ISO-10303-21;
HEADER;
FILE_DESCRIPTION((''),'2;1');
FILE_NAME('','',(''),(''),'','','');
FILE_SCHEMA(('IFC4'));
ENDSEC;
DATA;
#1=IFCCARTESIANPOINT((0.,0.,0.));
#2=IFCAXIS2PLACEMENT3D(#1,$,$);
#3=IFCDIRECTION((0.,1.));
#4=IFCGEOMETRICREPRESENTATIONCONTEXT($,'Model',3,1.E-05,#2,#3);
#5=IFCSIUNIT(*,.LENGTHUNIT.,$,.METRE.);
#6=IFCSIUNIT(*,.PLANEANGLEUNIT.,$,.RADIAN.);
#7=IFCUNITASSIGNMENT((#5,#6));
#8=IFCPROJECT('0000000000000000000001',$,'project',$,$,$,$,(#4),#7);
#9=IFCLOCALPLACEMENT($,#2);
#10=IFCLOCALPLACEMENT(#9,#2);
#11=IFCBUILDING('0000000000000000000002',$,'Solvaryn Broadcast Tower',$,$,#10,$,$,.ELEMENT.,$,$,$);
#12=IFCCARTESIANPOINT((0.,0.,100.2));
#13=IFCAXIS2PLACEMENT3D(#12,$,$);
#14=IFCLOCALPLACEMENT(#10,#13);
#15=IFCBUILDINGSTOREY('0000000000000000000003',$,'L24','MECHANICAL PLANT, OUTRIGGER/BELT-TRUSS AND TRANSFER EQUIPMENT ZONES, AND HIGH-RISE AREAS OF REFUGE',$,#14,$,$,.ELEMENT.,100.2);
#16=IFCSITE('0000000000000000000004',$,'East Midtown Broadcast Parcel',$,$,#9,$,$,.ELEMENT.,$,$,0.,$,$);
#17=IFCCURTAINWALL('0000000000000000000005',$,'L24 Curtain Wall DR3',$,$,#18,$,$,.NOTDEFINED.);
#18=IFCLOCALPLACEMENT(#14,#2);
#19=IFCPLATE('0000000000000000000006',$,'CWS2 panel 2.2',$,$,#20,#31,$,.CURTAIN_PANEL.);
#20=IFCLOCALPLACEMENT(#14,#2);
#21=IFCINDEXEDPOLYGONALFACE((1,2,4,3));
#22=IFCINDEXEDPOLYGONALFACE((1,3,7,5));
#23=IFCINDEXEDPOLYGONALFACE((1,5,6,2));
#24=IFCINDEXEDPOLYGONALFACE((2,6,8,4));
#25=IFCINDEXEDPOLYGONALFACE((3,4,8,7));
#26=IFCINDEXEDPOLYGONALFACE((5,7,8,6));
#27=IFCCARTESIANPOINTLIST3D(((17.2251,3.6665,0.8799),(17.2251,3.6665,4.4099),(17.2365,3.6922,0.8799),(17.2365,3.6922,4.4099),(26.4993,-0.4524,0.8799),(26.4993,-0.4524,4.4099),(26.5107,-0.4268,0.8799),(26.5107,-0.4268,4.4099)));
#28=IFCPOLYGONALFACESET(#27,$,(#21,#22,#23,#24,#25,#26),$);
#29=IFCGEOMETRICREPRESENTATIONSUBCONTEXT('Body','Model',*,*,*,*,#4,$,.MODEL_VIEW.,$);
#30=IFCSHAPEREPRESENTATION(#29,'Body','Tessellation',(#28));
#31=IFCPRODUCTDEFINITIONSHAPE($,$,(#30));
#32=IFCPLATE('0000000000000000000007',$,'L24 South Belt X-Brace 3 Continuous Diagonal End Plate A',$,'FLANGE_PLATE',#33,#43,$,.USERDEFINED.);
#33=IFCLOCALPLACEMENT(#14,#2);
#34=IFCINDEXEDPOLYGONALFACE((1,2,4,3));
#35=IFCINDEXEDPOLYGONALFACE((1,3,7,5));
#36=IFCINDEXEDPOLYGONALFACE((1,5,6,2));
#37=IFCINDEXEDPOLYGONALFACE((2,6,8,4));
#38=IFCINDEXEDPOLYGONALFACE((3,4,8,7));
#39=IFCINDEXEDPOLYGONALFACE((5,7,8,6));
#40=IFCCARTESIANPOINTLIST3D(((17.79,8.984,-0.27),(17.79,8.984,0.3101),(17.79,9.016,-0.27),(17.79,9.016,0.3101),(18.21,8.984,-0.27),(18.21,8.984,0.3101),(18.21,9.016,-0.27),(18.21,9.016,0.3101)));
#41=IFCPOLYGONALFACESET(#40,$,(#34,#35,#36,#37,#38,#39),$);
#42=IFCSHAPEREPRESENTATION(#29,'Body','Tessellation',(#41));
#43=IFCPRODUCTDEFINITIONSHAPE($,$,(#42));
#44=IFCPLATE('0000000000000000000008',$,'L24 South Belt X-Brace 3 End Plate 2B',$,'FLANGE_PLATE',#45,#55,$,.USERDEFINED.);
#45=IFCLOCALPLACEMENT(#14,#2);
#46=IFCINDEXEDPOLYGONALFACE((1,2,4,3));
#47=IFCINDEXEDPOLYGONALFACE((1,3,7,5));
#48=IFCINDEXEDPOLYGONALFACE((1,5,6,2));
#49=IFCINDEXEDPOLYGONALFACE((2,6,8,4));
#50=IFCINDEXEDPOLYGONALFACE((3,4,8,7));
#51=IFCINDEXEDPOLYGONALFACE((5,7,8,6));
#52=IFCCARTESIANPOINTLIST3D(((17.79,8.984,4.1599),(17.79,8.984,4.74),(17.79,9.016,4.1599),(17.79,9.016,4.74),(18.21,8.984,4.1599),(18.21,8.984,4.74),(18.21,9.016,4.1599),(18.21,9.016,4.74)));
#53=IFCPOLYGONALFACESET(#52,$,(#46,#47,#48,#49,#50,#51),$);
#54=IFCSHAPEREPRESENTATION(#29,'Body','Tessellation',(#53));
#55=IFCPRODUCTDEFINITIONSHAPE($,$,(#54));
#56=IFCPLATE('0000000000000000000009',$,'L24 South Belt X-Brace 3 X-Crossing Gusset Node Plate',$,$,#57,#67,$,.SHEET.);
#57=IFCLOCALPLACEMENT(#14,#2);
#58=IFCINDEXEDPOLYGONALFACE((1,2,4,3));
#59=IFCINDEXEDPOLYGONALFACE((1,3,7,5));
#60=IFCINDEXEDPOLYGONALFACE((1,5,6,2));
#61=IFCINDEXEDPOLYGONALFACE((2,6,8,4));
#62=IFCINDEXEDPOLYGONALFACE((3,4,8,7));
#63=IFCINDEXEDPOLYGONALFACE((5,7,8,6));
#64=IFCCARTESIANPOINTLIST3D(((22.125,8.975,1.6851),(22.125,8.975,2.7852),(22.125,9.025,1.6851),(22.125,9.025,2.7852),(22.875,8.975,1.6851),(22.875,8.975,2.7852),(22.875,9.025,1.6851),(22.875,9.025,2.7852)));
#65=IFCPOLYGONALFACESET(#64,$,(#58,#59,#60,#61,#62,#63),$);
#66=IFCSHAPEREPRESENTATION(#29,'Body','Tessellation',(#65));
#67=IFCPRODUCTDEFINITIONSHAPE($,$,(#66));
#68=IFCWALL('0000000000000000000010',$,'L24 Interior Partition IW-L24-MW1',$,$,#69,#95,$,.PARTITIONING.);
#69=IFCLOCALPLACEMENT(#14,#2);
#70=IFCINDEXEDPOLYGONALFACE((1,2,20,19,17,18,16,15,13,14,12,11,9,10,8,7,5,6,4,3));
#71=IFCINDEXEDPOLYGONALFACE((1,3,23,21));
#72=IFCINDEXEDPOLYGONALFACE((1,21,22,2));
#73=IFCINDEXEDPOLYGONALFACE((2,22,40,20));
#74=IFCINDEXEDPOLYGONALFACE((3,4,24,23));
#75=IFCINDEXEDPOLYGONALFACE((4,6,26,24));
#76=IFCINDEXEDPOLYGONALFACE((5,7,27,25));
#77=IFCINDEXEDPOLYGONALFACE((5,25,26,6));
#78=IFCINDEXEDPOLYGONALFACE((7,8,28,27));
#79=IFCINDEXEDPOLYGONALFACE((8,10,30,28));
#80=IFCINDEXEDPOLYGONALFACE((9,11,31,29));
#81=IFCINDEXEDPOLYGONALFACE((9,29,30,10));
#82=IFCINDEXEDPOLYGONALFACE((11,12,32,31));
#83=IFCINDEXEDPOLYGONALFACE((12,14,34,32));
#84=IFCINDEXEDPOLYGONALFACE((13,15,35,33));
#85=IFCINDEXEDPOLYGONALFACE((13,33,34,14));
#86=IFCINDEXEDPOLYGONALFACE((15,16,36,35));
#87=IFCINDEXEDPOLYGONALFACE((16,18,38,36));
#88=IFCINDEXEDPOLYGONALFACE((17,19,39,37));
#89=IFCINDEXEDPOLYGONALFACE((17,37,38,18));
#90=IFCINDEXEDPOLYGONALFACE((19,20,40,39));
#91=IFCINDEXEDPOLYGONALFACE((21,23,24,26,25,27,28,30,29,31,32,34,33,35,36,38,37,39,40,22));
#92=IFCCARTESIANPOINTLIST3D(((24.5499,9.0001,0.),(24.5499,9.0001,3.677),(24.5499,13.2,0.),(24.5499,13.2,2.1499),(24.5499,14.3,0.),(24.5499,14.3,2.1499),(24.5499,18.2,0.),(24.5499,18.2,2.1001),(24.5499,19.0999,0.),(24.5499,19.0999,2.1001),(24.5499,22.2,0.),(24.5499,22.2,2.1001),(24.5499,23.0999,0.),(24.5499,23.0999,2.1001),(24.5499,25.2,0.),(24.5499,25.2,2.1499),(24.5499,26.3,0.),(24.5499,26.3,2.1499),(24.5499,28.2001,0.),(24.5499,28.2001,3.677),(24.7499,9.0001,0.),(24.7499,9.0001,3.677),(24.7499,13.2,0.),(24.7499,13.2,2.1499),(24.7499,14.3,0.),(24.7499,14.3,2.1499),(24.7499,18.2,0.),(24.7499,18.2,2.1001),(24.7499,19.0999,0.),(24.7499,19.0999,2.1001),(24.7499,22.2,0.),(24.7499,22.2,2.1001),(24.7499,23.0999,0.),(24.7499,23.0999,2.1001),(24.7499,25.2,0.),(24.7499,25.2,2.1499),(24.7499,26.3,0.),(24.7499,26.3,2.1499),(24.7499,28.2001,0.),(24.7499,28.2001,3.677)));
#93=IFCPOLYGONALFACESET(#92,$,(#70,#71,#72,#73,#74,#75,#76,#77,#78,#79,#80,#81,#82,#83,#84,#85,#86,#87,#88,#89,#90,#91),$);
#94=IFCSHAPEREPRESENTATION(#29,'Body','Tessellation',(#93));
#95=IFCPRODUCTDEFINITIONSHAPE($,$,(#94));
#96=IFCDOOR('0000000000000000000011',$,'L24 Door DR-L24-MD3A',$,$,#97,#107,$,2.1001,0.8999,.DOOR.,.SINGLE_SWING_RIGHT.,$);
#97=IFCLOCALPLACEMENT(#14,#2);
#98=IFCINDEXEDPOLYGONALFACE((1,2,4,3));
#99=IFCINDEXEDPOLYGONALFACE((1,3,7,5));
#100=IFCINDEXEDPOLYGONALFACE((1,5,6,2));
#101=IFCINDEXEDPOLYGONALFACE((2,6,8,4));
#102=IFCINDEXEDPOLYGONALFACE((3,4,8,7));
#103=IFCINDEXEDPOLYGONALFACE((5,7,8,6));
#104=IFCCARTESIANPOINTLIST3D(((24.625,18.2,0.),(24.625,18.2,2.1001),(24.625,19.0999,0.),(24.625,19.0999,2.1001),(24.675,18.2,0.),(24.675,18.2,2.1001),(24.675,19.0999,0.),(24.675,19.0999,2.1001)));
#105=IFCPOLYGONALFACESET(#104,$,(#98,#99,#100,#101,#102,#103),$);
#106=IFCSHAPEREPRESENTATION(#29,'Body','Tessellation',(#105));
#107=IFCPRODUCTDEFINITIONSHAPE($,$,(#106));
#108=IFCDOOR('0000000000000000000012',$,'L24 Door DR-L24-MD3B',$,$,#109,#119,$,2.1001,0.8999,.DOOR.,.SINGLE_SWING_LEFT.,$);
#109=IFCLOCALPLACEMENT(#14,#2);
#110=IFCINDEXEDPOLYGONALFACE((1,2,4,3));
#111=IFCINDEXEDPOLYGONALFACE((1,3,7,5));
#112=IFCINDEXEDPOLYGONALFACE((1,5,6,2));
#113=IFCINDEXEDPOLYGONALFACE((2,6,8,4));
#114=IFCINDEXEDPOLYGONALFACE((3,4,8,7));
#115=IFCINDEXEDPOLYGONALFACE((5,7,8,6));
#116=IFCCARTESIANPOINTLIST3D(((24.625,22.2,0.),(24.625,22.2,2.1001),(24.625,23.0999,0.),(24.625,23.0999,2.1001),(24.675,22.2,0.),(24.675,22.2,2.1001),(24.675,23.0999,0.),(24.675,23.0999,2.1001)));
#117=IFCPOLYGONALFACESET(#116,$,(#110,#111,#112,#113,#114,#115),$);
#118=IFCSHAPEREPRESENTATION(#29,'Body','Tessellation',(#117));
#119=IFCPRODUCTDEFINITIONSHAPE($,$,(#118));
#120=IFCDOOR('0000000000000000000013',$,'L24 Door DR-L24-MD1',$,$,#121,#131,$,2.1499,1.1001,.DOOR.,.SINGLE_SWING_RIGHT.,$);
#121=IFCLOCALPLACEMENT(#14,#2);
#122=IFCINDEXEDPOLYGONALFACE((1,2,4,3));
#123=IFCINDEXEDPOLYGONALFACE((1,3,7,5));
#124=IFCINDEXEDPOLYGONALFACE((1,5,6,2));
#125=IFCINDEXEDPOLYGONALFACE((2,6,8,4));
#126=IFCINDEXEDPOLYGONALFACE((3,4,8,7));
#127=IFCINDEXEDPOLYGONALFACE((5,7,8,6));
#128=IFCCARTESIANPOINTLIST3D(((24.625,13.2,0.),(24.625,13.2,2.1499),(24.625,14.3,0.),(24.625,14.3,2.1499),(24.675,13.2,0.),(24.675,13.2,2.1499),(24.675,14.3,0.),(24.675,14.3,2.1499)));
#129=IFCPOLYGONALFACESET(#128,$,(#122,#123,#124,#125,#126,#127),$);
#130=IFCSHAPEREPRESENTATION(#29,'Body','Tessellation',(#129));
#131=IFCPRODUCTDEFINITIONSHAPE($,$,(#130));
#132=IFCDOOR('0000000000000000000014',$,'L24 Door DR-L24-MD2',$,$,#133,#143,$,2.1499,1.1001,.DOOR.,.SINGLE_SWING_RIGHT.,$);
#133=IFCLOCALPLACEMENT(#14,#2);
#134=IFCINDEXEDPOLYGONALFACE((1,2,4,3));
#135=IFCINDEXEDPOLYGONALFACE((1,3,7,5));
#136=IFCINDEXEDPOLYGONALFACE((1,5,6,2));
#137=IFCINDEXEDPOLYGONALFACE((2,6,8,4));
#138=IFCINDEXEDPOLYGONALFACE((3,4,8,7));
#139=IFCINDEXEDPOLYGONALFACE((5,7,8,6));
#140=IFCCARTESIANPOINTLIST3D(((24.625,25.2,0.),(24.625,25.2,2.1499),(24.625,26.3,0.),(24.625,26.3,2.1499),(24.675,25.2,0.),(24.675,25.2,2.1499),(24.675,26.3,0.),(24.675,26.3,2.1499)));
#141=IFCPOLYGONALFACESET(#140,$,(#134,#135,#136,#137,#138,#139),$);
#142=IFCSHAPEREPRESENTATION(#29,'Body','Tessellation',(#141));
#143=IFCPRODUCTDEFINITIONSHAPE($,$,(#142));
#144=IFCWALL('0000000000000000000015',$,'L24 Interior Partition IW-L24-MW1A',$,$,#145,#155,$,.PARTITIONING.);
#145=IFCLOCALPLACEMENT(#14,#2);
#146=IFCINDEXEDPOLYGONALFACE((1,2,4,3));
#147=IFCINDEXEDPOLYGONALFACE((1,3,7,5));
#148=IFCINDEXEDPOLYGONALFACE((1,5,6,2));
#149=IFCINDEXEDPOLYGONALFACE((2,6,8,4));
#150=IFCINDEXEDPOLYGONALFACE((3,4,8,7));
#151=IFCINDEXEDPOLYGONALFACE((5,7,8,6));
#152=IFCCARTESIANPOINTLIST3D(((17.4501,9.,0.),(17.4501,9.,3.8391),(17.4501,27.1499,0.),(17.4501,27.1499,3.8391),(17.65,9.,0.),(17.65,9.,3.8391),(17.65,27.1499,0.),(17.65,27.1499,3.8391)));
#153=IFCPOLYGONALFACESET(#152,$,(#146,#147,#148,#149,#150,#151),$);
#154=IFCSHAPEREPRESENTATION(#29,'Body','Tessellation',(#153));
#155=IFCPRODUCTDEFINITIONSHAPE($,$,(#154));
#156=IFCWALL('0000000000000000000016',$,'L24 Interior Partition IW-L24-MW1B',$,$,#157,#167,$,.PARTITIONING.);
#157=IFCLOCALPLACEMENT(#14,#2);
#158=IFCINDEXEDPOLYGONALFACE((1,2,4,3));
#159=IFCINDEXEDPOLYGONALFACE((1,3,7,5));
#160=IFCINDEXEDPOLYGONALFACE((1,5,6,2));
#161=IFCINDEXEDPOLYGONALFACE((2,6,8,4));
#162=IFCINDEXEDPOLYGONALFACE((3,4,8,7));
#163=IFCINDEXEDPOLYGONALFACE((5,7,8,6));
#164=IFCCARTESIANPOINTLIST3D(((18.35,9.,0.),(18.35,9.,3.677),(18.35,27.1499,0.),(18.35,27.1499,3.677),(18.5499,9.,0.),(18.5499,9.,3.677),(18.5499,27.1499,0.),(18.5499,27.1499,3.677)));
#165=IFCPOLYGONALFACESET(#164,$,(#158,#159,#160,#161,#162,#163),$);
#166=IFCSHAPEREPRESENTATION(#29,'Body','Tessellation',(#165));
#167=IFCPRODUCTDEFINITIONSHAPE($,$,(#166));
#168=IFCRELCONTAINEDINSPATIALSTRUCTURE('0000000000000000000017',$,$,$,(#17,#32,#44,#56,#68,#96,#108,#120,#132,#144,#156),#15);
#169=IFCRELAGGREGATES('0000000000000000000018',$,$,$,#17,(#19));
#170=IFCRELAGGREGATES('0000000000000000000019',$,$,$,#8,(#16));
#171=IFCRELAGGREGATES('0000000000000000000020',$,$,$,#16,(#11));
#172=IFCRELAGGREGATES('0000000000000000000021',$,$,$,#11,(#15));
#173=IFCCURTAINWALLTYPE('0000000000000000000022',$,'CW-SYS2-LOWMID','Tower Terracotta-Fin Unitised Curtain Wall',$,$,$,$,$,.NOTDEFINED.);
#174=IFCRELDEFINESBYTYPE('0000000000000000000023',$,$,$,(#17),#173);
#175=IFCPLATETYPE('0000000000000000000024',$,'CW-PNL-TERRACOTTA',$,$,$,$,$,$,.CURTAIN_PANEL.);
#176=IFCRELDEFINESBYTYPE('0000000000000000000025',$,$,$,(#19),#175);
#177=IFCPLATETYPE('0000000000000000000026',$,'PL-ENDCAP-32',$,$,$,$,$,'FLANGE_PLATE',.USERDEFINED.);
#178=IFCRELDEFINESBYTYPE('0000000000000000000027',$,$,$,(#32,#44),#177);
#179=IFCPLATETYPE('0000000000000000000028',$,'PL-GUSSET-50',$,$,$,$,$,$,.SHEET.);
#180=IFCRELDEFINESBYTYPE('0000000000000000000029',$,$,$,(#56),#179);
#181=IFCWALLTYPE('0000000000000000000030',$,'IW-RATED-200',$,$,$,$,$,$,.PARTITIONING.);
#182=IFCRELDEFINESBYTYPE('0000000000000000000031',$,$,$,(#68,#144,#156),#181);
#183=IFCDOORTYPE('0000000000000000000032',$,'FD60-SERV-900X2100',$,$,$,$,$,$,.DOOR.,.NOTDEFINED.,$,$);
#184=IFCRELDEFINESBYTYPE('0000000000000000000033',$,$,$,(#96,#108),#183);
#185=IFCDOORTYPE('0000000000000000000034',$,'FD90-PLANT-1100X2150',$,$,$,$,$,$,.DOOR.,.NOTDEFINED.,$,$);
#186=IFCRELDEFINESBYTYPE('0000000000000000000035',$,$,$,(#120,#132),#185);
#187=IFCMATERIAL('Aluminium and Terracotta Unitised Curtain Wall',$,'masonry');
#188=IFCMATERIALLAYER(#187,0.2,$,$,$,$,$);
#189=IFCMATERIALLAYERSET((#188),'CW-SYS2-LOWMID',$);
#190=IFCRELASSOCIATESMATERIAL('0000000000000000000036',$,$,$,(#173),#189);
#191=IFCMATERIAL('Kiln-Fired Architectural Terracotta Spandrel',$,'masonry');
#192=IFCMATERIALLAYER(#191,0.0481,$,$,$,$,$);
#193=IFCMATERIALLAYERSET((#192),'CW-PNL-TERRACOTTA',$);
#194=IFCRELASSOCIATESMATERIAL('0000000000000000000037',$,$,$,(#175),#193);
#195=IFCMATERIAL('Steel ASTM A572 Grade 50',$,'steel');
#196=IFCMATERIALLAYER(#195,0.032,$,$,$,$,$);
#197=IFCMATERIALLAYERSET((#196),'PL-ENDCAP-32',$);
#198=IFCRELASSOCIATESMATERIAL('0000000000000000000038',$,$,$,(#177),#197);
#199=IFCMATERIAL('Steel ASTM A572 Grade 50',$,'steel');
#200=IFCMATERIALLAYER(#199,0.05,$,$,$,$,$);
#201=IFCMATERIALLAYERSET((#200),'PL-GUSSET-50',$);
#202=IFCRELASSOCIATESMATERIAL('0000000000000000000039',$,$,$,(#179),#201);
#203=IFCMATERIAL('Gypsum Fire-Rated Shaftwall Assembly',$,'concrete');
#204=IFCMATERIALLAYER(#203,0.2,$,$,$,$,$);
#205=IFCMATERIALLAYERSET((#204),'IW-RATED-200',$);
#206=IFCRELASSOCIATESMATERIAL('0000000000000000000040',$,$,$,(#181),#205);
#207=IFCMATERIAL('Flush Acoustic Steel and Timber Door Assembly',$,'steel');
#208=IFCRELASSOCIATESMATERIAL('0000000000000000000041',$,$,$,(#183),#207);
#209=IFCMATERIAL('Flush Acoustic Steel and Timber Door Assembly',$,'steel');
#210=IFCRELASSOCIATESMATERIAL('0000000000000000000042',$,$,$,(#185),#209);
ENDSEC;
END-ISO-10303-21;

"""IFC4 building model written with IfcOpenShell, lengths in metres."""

from ifc_helpers import new_model, si_unit, direction, frame, frame_2d, origin, origin_2d, place, context, subcontext, project, spatial, rectangle, extrude, material, layer, layer_set, type_object, element, fill, aggregate, save


model = new_model("IFC4")

# Units and contexts
model_context = context("Model", 3, precision=1e-05, world=origin(), true_north=direction((0.0, 1.0)))
body_context = subcontext(model_context, "Body", "Model", "MODEL_VIEW")
ifc_project = project(units=[si_unit("LENGTHUNIT", "METRE"), si_unit("PLANEANGLEUNIT", "RADIAN")], contexts=[model_context])

# Site, building, storey
site_placement = place(None, origin())
site = spatial("IfcSite", under=ifc_project, at=site_placement, Name="East Midtown Broadcast Parcel", CompositionType="ELEMENT", RefElevation=0.0)
building_placement = place(site_placement, origin())
building = spatial("IfcBuilding", under=site, at=building_placement, Name="Solvaryn Broadcast Tower", CompositionType="ELEMENT")
storey_placement = place(building_placement, frame((0.0, 0.0, 100.2)))
storey = spatial("IfcBuildingStorey", under=building, at=storey_placement, Name="L24", Description="MECHANICAL PLANT, OUTRIGGER/BELT-TRUSS AND TRANSFER EQUIPMENT ZONES, AND HIGH-RISE AREAS OF REFUGE", CompositionType="ELEMENT", Elevation=100.2)

# Curtain wall
ifc_material_1 = material(Name="Aluminium and Terracotta Unitised Curtain Wall", Category="masonry")
ifc_layer_1 = layer(ifc_material_1, 0.2)
ifc_layer_set_1 = layer_set([ifc_layer_1], Name="CW-SYS2-LOWMID")
curtain_wall_type = type_object("IfcCurtainWallType", Name="CW-SYS2-LOWMID", Description="Tower Terracotta-Fin Unitised Curtain Wall", PredefinedType="NOTDEFINED", material=ifc_layer_set_1)
curtain_wall_1_placement = place(storey_placement, origin())
curtain_wall_1 = element("IfcCurtainWall", 1, at=curtain_wall_1_placement, inside=storey, type_object=curtain_wall_type, Name="L24 Curtain Wall DR3", PredefinedType="NOTDEFINED")

# Plate
ifc_material_2 = material(Name="Kiln-Fired Architectural Terracotta Spandrel", Category="masonry")
ifc_layer_2 = layer(ifc_material_2, 0.0481)
ifc_layer_set_2 = layer_set([ifc_layer_2], Name="CW-PNL-TERRACOTTA")
plate_type_1 = type_object("IfcPlateType", Name="CW-PNL-TERRACOTTA", PredefinedType="CURTAIN_PANEL", material=ifc_layer_set_2)
plate_1_placement = place(storey_placement, frame((21.8679, 1.6199, 0.8799), z_axis=(0.0, 0.0, 1.0), x_axis=(0.913918, -0.405898, 0.0)))
plate_1 = element("IfcPlate", 2, at=plate_1_placement, type_object=plate_type_1, Name="CWS2 panel 2.2", PredefinedType="CURTAIN_PANEL", context=body_context, shape_type="SweptSolid", body=[
    extrude(rectangle(XDim=10.1477, YDim=0.0281, at=origin_2d()), origin(), (0.0, 0.0, 1.0), 3.53),
])
aggregate(curtain_wall_1, [plate_1])

# Plates
ifc_material_3 = material(Name="Steel ASTM A572 Grade 50", Category="steel")
ifc_layer_3 = layer(ifc_material_3, 0.032)
ifc_layer_set_3 = layer_set([ifc_layer_3], Name="PL-ENDCAP-32")
plate_type_2 = type_object("IfcPlateType", Name="PL-ENDCAP-32", ElementType="FLANGE_PLATE", PredefinedType="USERDEFINED", material=ifc_layer_set_3)
for number, where, z_axis, x_axis, name in (
    (3, (18.0, 9.0, -0.27), (0.0, 0.0, 1.0), (1.0, 0.0, 0.0), "L24 South Belt X-Brace 3 Continuous Diagonal End Plate A"),
    (4, (18.0, 9.0, 4.1599), (0.0, 0.0, 1.0), (1.0, 0.0, 0.0), "L24 South Belt X-Brace 3 End Plate 2B"),
):
    element("IfcPlate", number, at=place(storey_placement, frame(where, z_axis=z_axis, x_axis=x_axis)), inside=storey, type_object=plate_type_2, Name=name, ObjectType="FLANGE_PLATE", PredefinedType="USERDEFINED", context=body_context, shape_type="SweptSolid", body=[
        extrude(rectangle(XDim=0.4199, YDim=0.032, at=origin_2d()), origin(), (0.0, 0.0, 1.0), 0.5801),
    ])
ifc_material_4 = material(Name="Steel ASTM A572 Grade 50", Category="steel")
ifc_layer_4 = layer(ifc_material_4, 0.05)
ifc_layer_set_4 = layer_set([ifc_layer_4], Name="PL-GUSSET-50")
plate_type_3 = type_object("IfcPlateType", Name="PL-GUSSET-50", PredefinedType="SHEET", material=ifc_layer_set_4)
plate_2_placement = place(storey_placement, frame((22.5, 9.0, 1.6851), z_axis=(0.0, 0.0, 1.0), x_axis=(1.0, 0.0, 0.0)))
element("IfcPlate", 5, at=plate_2_placement, inside=storey, type_object=plate_type_3, Name="L24 South Belt X-Brace 3 X-Crossing Gusset Node Plate", PredefinedType="SHEET", context=body_context, shape_type="SweptSolid", body=[
    extrude(rectangle(XDim=0.75, YDim=0.05, at=origin_2d()), origin(), (0.0, 0.0, 1.0), 1.1001),
])

# Wall, openings, doors
ifc_material_5 = material(Name="Gypsum Fire-Rated Shaftwall Assembly", Category="concrete")
ifc_layer_5 = layer(ifc_material_5, 0.2)
ifc_layer_set_5 = layer_set([ifc_layer_5], Name="IW-RATED-200")
wall_type = type_object("IfcWallType", Name="IW-RATED-200", PredefinedType="PARTITIONING", material=ifc_layer_set_5)
wall_1_placement = place(storey_placement, frame((24.6499, 9.0, 0.0), z_axis=(0.0, 0.0, 1.0), x_axis=(0.0, 1.0, 0.0)))
wall_1 = element("IfcWall", 6, at=wall_1_placement, inside=storey, type_object=wall_type, Name="L24 Interior Partition IW-L24-MW1", PredefinedType="PARTITIONING", context=body_context, shape_type="SweptSolid", body=[
    extrude(rectangle(XDim=19.2, YDim=0.2, at=frame_2d((9.6001, 0.0))), origin(), (0.0, 0.0, 1.0), 3.677),
])
opening_1_placement = place(wall_1_placement, frame((4.2, 0.0, 0.0)))
opening_1 = element("IfcOpeningElement", 7, at=opening_1_placement, cuts=wall_1, PredefinedType="OPENING", context=body_context, shape_type="SweptSolid", body=[
    extrude(rectangle(XDim=1.1001, YDim=2.1499, at=frame_2d((0.55, 1.075))), frame((0.0, 0.1101, 0.0), z_axis=(0.0, -1.0, 0.0), x_axis=(1.0, 0.0, 0.0)), (0.0, 0.0, 1.0), 0.22),
])
opening_2_placement = place(wall_1_placement, frame((16.2, 0.0, 0.0)))
opening_2 = element("IfcOpeningElement", 8, at=opening_2_placement, cuts=wall_1, PredefinedType="OPENING", context=body_context, shape_type="SweptSolid", body=[
    extrude(rectangle(XDim=1.1001, YDim=2.1499, at=frame_2d((0.55, 1.075))), frame((0.0, 0.1101, 0.0), z_axis=(0.0, -1.0, 0.0), x_axis=(1.0, 0.0, 0.0)), (0.0, 0.0, 1.0), 0.22),
])
opening_3_placement = place(wall_1_placement, frame((9.2, 0.0, 0.0)))
opening_3 = element("IfcOpeningElement", 9, at=opening_3_placement, cuts=wall_1, PredefinedType="OPENING", context=body_context, shape_type="SweptSolid", body=[
    extrude(rectangle(XDim=0.8999, YDim=2.1001, at=frame_2d((0.45, 1.05))), frame((0.0, 0.1101, 0.0), z_axis=(0.0, -1.0, 0.0), x_axis=(1.0, 0.0, 0.0)), (0.0, 0.0, 1.0), 0.22),
])
opening_4_placement = place(wall_1_placement, frame((13.2, 0.0, 0.0)))
opening_4 = element("IfcOpeningElement", 10, at=opening_4_placement, cuts=wall_1, PredefinedType="OPENING", context=body_context, shape_type="SweptSolid", body=[
    extrude(rectangle(XDim=0.8999, YDim=2.1001, at=frame_2d((0.45, 1.05))), frame((0.0, 0.1101, 0.0), z_axis=(0.0, -1.0, 0.0), x_axis=(1.0, 0.0, 0.0)), (0.0, 0.0, 1.0), 0.22),
])
ifc_material_6 = material(Name="Flush Acoustic Steel and Timber Door Assembly", Category="steel")
door_type_1 = type_object("IfcDoorType", Name="FD60-SERV-900X2100", OperationType="NOTDEFINED", PredefinedType="DOOR", material=ifc_material_6)
door_1_placement = place(opening_3_placement, origin())
door_1 = element("IfcDoor", 11, at=door_1_placement, inside=storey, type_object=door_type_1, Name="L24 Door DR-L24-MD3A", OperationType="SINGLE_SWING_RIGHT", OverallHeight=2.1001, OverallWidth=0.8999, PredefinedType="DOOR", context=body_context, shape_type="SweptSolid", body=[
    extrude(rectangle(XDim=0.8999, YDim=2.1001, at=frame_2d((0.45, 1.05))), frame((0.0, 0.0249, 0.0), z_axis=(0.0, -1.0, 0.0), x_axis=(1.0, 0.0, 0.0)), (0.0, 0.0, 1.0), 0.05),
])
fill(opening_3, door_1)
door_2_placement = place(opening_4_placement, origin())
door_2 = element("IfcDoor", 12, at=door_2_placement, inside=storey, type_object=door_type_1, Name="L24 Door DR-L24-MD3B", OperationType="SINGLE_SWING_LEFT", OverallHeight=2.1001, OverallWidth=0.8999, PredefinedType="DOOR", context=body_context, shape_type="SweptSolid", body=[
    extrude(rectangle(XDim=0.8999, YDim=2.1001, at=frame_2d((0.45, 1.05))), frame((0.0, 0.0249, 0.0), z_axis=(0.0, -1.0, 0.0), x_axis=(1.0, 0.0, 0.0)), (0.0, 0.0, 1.0), 0.05),
])
fill(opening_4, door_2)
ifc_material_7 = material(Name="Flush Acoustic Steel and Timber Door Assembly", Category="steel")
door_type_2 = type_object("IfcDoorType", Name="FD90-PLANT-1100X2150", OperationType="NOTDEFINED", PredefinedType="DOOR", material=ifc_material_7)
door_3_placement = place(opening_1_placement, origin())
door_3 = element("IfcDoor", 13, at=door_3_placement, inside=storey, type_object=door_type_2, Name="L24 Door DR-L24-MD1", OperationType="SINGLE_SWING_RIGHT", OverallHeight=2.1499, OverallWidth=1.1001, PredefinedType="DOOR", context=body_context, shape_type="SweptSolid", body=[
    extrude(rectangle(XDim=1.1001, YDim=2.1499, at=frame_2d((0.55, 1.075))), frame((0.0, 0.0249, 0.0), z_axis=(0.0, -1.0, 0.0), x_axis=(1.0, 0.0, 0.0)), (0.0, 0.0, 1.0), 0.05),
])
fill(opening_1, door_3)
door_4_placement = place(opening_2_placement, origin())
door_4 = element("IfcDoor", 14, at=door_4_placement, inside=storey, type_object=door_type_2, Name="L24 Door DR-L24-MD2", OperationType="SINGLE_SWING_RIGHT", OverallHeight=2.1499, OverallWidth=1.1001, PredefinedType="DOOR", context=body_context, shape_type="SweptSolid", body=[
    extrude(rectangle(XDim=1.1001, YDim=2.1499, at=frame_2d((0.55, 1.075))), frame((0.0, 0.0249, 0.0), z_axis=(0.0, -1.0, 0.0), x_axis=(1.0, 0.0, 0.0)), (0.0, 0.0, 1.0), 0.05),
])
fill(opening_2, door_4)

# Walls
wall_2_placement = place(storey_placement, frame((17.55, 9.0, 0.0), z_axis=(0.0, 0.0, 1.0), x_axis=(0.0, 1.0, 0.0)))
element("IfcWall", 15, at=wall_2_placement, inside=storey, type_object=wall_type, Name="L24 Interior Partition IW-L24-MW1A", PredefinedType="PARTITIONING", context=body_context, shape_type="SweptSolid", body=[
    extrude(rectangle(XDim=18.1499, YDim=0.2, at=frame_2d((9.075, 0.0))), origin(), (0.0, 0.0, 1.0), 3.8391),
])
wall_3_placement = place(storey_placement, frame((18.45, 9.0, 0.0), z_axis=(0.0, 0.0, 1.0), x_axis=(0.0, 1.0, 0.0)))
element("IfcWall", 16, at=wall_3_placement, inside=storey, type_object=wall_type, Name="L24 Interior Partition IW-L24-MW1B", PredefinedType="PARTITIONING", context=body_context, shape_type="SweptSolid", body=[
    extrude(rectangle(XDim=18.1499, YDim=0.2, at=frame_2d((9.075, 0.0))), origin(), (0.0, 0.0, 1.0), 3.677),
])

save(model, "model.ifc")
